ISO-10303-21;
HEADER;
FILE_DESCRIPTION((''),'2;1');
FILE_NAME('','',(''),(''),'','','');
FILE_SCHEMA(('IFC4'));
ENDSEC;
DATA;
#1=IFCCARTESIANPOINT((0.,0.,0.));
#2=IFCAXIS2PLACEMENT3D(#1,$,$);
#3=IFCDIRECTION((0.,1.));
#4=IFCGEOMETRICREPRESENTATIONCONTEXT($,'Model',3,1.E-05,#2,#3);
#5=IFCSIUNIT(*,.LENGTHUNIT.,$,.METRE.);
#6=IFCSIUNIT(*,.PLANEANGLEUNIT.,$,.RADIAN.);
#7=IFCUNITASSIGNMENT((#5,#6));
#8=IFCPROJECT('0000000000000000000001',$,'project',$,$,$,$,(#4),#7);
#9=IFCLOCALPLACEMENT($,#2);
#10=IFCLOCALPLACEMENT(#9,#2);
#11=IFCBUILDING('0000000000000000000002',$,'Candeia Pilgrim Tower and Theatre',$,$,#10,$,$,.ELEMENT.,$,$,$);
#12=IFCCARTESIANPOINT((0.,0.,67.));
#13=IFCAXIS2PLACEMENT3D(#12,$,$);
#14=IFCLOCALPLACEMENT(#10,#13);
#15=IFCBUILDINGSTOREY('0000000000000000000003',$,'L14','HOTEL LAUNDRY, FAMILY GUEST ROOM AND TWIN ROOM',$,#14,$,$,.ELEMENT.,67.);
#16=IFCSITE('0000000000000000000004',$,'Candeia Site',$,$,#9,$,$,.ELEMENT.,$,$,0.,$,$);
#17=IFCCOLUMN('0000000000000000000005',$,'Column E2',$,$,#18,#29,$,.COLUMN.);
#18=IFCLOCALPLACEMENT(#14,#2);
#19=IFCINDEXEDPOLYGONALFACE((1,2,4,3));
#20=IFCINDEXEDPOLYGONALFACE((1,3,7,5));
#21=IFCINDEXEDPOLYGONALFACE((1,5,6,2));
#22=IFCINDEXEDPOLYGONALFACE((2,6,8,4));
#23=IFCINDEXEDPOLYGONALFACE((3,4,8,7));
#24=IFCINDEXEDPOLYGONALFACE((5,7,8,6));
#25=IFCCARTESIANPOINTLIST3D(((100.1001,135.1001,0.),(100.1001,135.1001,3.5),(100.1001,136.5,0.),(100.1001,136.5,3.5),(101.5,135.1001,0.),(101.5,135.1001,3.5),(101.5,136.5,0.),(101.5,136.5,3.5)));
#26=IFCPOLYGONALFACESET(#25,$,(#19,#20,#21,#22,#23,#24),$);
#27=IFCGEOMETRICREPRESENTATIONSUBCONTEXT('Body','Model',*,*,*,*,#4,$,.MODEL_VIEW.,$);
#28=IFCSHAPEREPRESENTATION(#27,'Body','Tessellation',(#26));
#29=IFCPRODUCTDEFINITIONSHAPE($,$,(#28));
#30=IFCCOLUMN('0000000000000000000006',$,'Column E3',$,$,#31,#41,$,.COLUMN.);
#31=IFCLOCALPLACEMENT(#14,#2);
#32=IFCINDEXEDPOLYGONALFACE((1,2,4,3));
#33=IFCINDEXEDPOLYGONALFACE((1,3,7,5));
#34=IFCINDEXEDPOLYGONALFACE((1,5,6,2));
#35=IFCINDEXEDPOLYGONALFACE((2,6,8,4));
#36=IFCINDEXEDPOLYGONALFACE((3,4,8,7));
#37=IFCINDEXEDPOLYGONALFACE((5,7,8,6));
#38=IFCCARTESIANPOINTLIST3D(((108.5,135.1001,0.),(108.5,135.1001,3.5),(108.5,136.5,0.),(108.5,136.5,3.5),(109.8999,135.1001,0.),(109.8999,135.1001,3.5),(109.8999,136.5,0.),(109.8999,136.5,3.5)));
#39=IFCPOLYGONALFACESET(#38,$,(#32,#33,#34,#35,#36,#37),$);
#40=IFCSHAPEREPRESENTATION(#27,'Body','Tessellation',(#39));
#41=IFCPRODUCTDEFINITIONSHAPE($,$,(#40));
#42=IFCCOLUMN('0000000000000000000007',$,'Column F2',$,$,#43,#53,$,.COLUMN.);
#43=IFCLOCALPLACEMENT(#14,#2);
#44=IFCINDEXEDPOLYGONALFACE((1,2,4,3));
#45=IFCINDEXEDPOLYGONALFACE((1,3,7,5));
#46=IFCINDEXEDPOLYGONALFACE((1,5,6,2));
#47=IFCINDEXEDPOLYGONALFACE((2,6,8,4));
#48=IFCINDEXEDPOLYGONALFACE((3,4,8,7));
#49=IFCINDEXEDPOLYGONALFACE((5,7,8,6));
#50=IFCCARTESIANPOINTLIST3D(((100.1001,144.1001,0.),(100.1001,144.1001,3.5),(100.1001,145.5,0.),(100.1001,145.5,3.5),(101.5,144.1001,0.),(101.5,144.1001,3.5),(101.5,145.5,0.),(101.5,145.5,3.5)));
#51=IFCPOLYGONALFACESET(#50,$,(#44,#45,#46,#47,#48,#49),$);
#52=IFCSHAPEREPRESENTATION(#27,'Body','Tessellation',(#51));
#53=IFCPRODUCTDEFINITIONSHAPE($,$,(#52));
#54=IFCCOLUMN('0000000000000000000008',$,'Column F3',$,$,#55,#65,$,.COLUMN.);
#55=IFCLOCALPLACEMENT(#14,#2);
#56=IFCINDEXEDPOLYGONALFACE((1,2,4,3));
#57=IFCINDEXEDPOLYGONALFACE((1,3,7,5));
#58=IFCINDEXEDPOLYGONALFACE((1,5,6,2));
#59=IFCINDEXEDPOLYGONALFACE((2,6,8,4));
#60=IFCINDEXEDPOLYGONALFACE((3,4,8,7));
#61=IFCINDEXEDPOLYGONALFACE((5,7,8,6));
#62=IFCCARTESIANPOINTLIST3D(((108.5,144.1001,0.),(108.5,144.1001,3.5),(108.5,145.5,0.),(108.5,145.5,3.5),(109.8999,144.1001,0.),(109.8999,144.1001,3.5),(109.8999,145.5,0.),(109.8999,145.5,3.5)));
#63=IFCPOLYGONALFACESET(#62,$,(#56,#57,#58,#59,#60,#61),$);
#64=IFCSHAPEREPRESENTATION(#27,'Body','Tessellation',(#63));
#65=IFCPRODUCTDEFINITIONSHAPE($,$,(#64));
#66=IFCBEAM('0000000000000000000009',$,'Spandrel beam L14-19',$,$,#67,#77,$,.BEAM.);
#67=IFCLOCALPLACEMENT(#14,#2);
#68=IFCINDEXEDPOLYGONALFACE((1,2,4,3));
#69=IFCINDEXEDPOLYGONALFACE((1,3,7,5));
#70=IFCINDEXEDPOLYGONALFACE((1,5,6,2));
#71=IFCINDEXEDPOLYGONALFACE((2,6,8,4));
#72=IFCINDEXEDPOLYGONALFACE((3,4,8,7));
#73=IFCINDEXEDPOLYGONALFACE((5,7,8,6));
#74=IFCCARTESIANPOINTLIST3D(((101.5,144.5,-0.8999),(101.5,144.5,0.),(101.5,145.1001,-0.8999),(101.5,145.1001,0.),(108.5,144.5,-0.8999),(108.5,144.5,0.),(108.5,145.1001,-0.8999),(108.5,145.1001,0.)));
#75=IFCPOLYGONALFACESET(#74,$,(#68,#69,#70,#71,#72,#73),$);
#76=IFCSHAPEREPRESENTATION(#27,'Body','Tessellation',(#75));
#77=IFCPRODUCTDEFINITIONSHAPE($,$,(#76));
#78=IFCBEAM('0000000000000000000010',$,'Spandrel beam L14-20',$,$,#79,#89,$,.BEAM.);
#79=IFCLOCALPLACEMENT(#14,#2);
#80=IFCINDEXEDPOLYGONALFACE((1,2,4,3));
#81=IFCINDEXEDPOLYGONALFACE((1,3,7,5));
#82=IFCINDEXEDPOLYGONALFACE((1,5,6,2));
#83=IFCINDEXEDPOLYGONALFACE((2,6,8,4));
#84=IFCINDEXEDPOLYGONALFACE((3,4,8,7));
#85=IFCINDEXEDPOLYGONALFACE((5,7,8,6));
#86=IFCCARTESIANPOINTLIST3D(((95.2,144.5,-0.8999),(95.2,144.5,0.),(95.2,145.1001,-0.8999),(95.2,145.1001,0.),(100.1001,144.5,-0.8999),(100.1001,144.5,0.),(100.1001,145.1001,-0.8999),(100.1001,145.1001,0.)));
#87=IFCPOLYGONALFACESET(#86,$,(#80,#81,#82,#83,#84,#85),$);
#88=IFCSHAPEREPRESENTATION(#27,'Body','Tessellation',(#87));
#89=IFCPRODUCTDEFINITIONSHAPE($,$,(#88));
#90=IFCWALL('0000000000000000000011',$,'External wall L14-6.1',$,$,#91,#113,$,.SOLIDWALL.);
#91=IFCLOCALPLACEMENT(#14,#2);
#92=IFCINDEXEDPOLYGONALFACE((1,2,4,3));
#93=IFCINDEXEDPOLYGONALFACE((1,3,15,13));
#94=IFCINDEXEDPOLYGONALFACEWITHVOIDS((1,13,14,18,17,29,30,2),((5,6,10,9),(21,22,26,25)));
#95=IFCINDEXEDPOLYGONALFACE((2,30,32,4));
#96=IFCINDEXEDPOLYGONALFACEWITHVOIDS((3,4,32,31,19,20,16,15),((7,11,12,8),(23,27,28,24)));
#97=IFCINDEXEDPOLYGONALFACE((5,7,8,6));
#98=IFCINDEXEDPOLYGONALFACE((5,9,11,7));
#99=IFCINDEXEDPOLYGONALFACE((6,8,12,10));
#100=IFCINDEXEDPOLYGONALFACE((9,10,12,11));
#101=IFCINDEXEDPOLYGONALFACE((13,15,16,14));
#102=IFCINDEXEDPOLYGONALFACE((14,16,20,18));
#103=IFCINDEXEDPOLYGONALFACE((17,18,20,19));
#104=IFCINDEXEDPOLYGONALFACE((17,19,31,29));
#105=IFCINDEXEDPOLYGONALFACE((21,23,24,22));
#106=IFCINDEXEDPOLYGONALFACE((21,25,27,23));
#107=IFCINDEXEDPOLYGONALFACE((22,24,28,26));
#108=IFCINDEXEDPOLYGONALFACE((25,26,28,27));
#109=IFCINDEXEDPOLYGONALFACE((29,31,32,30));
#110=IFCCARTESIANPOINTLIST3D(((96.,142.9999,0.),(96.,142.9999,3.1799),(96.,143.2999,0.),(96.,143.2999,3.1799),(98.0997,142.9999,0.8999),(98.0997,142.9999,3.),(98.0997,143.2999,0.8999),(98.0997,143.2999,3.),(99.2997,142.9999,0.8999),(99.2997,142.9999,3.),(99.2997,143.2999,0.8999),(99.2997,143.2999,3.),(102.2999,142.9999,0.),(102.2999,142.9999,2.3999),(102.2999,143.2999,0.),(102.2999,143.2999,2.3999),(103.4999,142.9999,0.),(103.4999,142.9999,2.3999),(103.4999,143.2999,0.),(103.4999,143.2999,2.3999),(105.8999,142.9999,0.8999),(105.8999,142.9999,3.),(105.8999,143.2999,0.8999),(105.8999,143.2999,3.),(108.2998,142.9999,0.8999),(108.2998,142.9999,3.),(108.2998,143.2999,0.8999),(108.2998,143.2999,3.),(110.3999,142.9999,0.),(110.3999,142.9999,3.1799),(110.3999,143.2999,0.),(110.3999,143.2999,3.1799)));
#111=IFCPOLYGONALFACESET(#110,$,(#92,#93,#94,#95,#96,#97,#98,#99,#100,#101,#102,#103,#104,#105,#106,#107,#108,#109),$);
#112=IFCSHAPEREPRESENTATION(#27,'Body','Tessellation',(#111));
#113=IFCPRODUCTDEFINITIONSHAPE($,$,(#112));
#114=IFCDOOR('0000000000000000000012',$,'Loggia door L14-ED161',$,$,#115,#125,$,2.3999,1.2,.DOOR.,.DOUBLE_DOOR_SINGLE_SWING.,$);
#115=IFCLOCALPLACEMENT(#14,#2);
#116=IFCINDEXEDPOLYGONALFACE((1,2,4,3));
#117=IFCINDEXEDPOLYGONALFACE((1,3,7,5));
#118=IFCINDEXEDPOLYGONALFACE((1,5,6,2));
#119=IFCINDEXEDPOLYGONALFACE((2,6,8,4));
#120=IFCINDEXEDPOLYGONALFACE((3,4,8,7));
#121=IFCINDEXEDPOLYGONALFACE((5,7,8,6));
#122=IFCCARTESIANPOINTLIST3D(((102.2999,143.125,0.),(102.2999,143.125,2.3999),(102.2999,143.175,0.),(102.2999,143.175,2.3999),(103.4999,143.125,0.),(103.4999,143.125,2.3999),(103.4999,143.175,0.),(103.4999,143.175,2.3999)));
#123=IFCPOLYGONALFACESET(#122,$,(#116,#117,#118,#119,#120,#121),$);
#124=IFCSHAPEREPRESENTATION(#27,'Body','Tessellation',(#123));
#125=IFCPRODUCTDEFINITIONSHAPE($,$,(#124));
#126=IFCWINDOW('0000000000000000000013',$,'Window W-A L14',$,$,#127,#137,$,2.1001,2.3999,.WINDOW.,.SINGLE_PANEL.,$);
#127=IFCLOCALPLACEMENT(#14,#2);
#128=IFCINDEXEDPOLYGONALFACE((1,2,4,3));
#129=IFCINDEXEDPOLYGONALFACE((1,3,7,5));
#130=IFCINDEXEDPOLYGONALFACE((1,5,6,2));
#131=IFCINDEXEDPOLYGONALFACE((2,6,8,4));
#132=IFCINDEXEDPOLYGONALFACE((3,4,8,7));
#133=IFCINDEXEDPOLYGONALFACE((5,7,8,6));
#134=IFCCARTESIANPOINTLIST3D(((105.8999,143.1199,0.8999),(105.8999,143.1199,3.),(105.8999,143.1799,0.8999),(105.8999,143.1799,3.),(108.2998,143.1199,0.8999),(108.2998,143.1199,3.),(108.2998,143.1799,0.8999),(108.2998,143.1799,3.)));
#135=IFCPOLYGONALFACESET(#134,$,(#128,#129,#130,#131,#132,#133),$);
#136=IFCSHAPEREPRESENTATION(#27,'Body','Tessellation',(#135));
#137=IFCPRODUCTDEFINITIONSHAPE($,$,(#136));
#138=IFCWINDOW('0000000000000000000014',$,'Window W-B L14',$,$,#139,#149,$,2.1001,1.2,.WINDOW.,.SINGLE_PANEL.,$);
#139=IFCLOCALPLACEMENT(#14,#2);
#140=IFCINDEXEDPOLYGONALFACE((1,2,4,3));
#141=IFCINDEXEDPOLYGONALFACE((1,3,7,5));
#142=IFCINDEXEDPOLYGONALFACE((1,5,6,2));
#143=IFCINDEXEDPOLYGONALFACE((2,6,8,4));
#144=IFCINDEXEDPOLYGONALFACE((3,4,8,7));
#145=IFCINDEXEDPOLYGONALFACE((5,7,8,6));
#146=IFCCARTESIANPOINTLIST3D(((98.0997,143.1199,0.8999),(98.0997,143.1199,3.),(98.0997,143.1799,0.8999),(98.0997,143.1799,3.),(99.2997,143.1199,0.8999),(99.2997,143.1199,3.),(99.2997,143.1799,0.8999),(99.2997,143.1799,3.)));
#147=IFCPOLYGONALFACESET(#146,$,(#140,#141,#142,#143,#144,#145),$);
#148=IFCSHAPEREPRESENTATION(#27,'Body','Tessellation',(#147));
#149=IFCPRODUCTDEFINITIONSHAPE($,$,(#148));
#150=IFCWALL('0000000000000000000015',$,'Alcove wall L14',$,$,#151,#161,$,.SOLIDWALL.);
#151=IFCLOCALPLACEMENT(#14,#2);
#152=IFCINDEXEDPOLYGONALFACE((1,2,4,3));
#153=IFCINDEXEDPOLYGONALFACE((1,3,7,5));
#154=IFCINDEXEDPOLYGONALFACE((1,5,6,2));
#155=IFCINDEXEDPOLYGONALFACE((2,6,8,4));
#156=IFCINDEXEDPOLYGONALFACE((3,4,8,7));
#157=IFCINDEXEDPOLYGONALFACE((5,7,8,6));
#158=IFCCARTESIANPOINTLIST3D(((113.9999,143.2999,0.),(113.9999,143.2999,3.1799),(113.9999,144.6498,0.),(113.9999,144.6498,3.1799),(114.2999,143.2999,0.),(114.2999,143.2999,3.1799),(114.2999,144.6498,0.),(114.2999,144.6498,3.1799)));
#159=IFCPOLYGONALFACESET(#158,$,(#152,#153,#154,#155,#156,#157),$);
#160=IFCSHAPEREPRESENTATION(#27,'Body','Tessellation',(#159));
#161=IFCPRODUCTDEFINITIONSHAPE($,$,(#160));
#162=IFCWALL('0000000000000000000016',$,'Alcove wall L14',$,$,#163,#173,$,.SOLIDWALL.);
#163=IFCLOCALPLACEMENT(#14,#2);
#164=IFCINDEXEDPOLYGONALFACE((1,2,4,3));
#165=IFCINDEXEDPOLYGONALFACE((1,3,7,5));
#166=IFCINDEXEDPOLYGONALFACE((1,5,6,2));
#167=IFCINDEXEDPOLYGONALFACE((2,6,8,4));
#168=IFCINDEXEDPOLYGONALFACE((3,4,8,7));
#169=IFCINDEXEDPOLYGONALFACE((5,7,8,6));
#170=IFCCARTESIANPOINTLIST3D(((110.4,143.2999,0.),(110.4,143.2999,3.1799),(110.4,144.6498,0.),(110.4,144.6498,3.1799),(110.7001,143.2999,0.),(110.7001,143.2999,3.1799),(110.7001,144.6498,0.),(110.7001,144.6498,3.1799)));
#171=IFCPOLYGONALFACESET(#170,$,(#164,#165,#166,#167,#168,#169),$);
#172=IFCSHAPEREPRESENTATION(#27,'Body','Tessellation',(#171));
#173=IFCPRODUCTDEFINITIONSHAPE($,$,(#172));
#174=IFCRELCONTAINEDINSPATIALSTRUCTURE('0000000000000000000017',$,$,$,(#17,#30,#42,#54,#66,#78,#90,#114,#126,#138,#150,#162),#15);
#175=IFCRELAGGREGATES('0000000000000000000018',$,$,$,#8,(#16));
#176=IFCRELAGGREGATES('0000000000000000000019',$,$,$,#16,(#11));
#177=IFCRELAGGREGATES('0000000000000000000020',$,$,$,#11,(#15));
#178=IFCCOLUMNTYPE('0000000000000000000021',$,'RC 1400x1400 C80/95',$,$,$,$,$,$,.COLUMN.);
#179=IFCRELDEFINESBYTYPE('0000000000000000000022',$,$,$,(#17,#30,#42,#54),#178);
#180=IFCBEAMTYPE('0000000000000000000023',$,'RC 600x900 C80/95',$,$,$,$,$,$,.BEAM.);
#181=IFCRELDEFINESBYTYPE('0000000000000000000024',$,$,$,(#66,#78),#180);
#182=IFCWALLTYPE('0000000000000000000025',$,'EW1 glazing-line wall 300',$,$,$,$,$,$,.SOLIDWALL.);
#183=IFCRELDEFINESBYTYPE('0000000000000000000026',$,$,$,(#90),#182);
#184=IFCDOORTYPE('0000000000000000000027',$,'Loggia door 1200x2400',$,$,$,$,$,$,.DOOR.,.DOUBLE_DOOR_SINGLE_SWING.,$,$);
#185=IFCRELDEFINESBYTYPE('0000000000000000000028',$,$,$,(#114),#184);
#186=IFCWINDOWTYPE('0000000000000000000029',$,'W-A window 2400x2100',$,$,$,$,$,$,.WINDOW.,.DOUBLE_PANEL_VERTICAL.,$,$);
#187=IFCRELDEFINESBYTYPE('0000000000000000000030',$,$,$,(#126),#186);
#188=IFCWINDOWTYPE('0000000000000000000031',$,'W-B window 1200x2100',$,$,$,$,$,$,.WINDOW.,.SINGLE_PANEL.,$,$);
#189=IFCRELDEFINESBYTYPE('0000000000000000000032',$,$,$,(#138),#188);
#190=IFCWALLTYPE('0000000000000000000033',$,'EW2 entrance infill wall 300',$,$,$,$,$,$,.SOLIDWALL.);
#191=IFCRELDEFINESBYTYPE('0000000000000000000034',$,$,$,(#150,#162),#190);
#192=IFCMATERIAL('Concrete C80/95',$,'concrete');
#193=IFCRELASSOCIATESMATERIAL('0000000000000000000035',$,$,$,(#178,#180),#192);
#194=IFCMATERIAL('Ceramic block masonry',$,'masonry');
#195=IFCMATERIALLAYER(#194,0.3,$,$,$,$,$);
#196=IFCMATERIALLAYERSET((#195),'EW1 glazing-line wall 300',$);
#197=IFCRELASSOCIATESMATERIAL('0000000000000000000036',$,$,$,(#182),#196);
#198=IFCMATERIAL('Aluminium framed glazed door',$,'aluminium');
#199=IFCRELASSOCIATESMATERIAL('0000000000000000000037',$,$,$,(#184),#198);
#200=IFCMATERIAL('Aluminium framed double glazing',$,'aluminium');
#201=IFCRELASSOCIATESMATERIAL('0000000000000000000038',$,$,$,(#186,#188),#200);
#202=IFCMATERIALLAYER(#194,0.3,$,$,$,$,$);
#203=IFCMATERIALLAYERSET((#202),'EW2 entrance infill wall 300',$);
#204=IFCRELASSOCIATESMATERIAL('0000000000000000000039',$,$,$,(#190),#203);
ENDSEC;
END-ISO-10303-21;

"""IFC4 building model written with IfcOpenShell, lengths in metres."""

from ifc_helpers import new_model, si_unit, direction, frame, frame_2d, origin, origin_2d, place, context, subcontext, project, spatial, rectangle, extrude, material, layer, layer_set, material_profile, profile_set, type_object, element, fill, save


model = new_model("IFC4")

# Units and contexts
model_context = context("Model", 3, precision=1e-05, world=origin(), true_north=direction((0.0, 1.0)))
body_context = subcontext(model_context, "Body", "Model", "MODEL_VIEW")
ifc_project = project(units=[si_unit("LENGTHUNIT", "METRE"), si_unit("PLANEANGLEUNIT", "RADIAN")], contexts=[model_context])

# Site, building, storey
site_placement = place(None, origin())
site = spatial("IfcSite", under=ifc_project, at=site_placement, Name="Candeia Site", CompositionType="ELEMENT", RefElevation=0.0)
building_placement = place(site_placement, origin())
building = spatial("IfcBuilding", under=site, at=building_placement, Name="Candeia Pilgrim Tower and Theatre", CompositionType="ELEMENT")
storey_placement = place(building_placement, frame((0.0, 0.0, 67.0)))
storey = spatial("IfcBuildingStorey", under=building, at=storey_placement, Name="L14", Description="HOTEL LAUNDRY, FAMILY GUEST ROOM AND TWIN ROOM", CompositionType="ELEMENT", Elevation=67.0)

# Columns
ifc_material_1 = material(Name="Concrete C80/95", Category="concrete")
ifc_material_profile_1 = material_profile(ifc_material_1, rectangle(XDim=1.3999, YDim=1.3999, at=origin_2d()))
ifc_profile_set_1 = profile_set([ifc_material_profile_1], Name="Concrete C80/95")
column_type = type_object("IfcColumnType", Name="RC 1400x1400 C80/95", PredefinedType="COLUMN", material=ifc_profile_set_1)
for number, where, z_axis, x_axis, name in (
    (1, (100.8, 135.8, 0.0), (0.0, 0.0, 1.0), (1.0, 0.0, 0.0), "Column E2"),
    (2, (109.2, 135.8, 0.0), (0.0, 0.0, 1.0), (1.0, 0.0, 0.0), "Column E3"),
    (3, (100.8, 144.8, 0.0), (0.0, 0.0, 1.0), (1.0, 0.0, 0.0), "Column F2"),
    (4, (109.2, 144.8, 0.0), (0.0, 0.0, 1.0), (1.0, 0.0, 0.0), "Column F3"),
):
    element("IfcColumn", number, at=place(storey_placement, frame(where, z_axis=z_axis, x_axis=x_axis)), inside=storey, type_object=column_type, Name=name, PredefinedType="COLUMN", context=body_context, shape_type="SweptSolid", body=[
        extrude(rectangle(XDim=1.3999, YDim=1.3999, at=origin_2d()), origin(), (0.0, 0.0, 1.0), 3.5),
    ])

# Beams
ifc_material_profile_2 = material_profile(ifc_material_1, rectangle(XDim=0.6001, YDim=0.8999, at=origin_2d()))
ifc_profile_set_2 = profile_set([ifc_material_profile_2], Name="Concrete C80/95")
beam_type = type_object("IfcBeamType", Name="RC 600x900 C80/95", PredefinedType="BEAM", material=ifc_profile_set_2)
beam_1_placement = place(storey_placement, frame((108.5, 144.8, -0.45), z_axis=(-1.0, 0.0, 0.0), x_axis=(0.0, -1.0, 0.0)))
element("IfcBeam", 5, at=beam_1_placement, inside=storey, type_object=beam_type, Name="Spandrel beam L14-19", PredefinedType="BEAM", context=body_context, shape_type="SweptSolid", body=[
    extrude(rectangle(XDim=0.6001, YDim=0.8999, at=origin_2d()), origin(), (0.0, 0.0, 1.0), 7.0),
])
beam_2_placement = place(storey_placement, frame((100.1001, 144.8, -0.45), z_axis=(-1.0, 0.0, 0.0), x_axis=(0.0, -1.0, 0.0)))
element("IfcBeam", 6, at=beam_2_placement, inside=storey, type_object=beam_type, Name="Spandrel beam L14-20", PredefinedType="BEAM", context=body_context, shape_type="SweptSolid", body=[
    extrude(rectangle(XDim=0.6001, YDim=0.8999, at=origin_2d()), origin(), (0.0, 0.0, 1.0), 4.9001),
])

# Wall, openings, door, windows
ifc_material_2 = material(Name="Ceramic block masonry", Category="masonry")
ifc_layer_1 = layer(ifc_material_2, 0.3)
ifc_layer_set_1 = layer_set([ifc_layer_1], Name="EW1 glazing-line wall 300")
wall_type_1 = type_object("IfcWallType", Name="EW1 glazing-line wall 300", PredefinedType="SOLIDWALL", material=ifc_layer_set_1)
wall_1_placement = place(storey_placement, frame((110.3999, 143.1499, 0.0), z_axis=(0.0, 0.0, 1.0), x_axis=(-1.0, 0.0, 0.0)))
wall_1 = element("IfcWall", 7, at=wall_1_placement, inside=storey, type_object=wall_type_1, Name="External wall L14-6.1", PredefinedType="SOLIDWALL", context=body_context, shape_type="SweptSolid", body=[
    extrude(rectangle(XDim=14.3999, YDim=0.3, at=frame_2d((7.2, 0.0))), origin(), (0.0, 0.0, 1.0), 3.1799),
])
opening_1_placement = place(wall_1_placement, frame((2.1001, 0.0, 0.8999)))
opening_1 = element("IfcOpeningElement", 8, at=opening_1_placement, cuts=wall_1, PredefinedType="OPENING", context=body_context, shape_type="SweptSolid", body=[
    extrude(rectangle(XDim=2.3999, YDim=2.1001, at=frame_2d((1.2, 1.05))), frame((0.0, 0.1602, 0.0), z_axis=(0.0, -1.0, 0.0), x_axis=(1.0, 0.0, 0.0)), (0.0, 0.0, 1.0), 0.3201),
])
opening_2_placement = place(wall_1_placement, frame((6.8999, 0.0, 0.0)))
opening_2 = element("IfcOpeningElement", 9, at=opening_2_placement, cuts=wall_1, PredefinedType="OPENING", context=body_context, shape_type="SweptSolid", body=[
    extrude(rectangle(XDim=1.2, YDim=2.3999, at=frame_2d((0.6001, 1.2))), frame((0.0, 0.1602, 0.0), z_axis=(0.0, -1.0, 0.0), x_axis=(1.0, 0.0, 0.0)), (0.0, 0.0, 1.0), 0.3201),
])
opening_3_placement = place(wall_1_placement, frame((11.1001, 0.0, 0.8999)))
opening_3 = element("IfcOpeningElement", 10, at=opening_3_placement, cuts=wall_1, PredefinedType="OPENING", context=body_context, shape_type="SweptSolid", body=[
    extrude(rectangle(XDim=1.2, YDim=2.1001, at=frame_2d((0.6001, 1.05))), frame((0.0, 0.1602, 0.0), z_axis=(0.0, -1.0, 0.0), x_axis=(1.0, 0.0, 0.0)), (0.0, 0.0, 1.0), 0.3201),
])
ifc_material_3 = material(Name="Aluminium framed glazed door", Category="aluminium")
door_type_1 = type_object("IfcDoorType", Name="Loggia door 1200x2400", OperationType="DOUBLE_DOOR_SINGLE_SWING", PredefinedType="DOOR", material=ifc_material_3)
door_1_placement = place(opening_2_placement, origin())
door_1 = element("IfcDoor", 11, at=door_1_placement, inside=storey, type_object=door_type_1, Name="Loggia door L14-ED161", OperationType="DOUBLE_DOOR_SINGLE_SWING", OverallHeight=2.3999, OverallWidth=1.2, PredefinedType="DOOR", context=body_context, shape_type="SweptSolid", body=[
    extrude(rectangle(XDim=1.2, YDim=2.3999, at=frame_2d((0.6001, 1.2))), frame((0.0, 0.0249, 0.0), z_axis=(0.0, -1.0, 0.0), x_axis=(1.0, 0.0, 0.0)), (0.0, 0.0, 1.0), 0.05),
])
fill(opening_2, door_1)
ifc_material_4 = material(Name="Aluminium framed double glazing", Category="aluminium")
window_type_1 = type_object("IfcWindowType", Name="W-A window 2400x2100", PartitioningType="DOUBLE_PANEL_VERTICAL", PredefinedType="WINDOW", material=ifc_material_4)
window_1_placement = place(opening_1_placement, origin())
window_1 = element("IfcWindow", 12, at=window_1_placement, inside=storey, type_object=window_type_1, Name="Window W-A L14", OverallHeight=2.1001, OverallWidth=2.3999, PartitioningType="SINGLE_PANEL", PredefinedType="WINDOW", context=body_context, shape_type="SweptSolid", body=[
    extrude(rectangle(XDim=2.3999, YDim=2.1001, at=frame_2d((1.2, 1.05))), frame((0.0, 0.03, 0.0), z_axis=(0.0, -1.0, 0.0), x_axis=(1.0, 0.0, 0.0)), (0.0, 0.0, 1.0), 0.0601),
])
fill(opening_1, window_1)
window_type_2 = type_object("IfcWindowType", Name="W-B window 1200x2100", PartitioningType="SINGLE_PANEL", PredefinedType="WINDOW", material=ifc_material_4)
window_2_placement = place(opening_3_placement, origin())
window_2 = element("IfcWindow", 13, at=window_2_placement, inside=storey, type_object=window_type_2, Name="Window W-B L14", OverallHeight=2.1001, OverallWidth=1.2, PartitioningType="SINGLE_PANEL", PredefinedType="WINDOW", context=body_context, shape_type="SweptSolid", body=[
    extrude(rectangle(XDim=1.2, YDim=2.1001, at=frame_2d((0.6001, 1.05))), frame((0.0, 0.03, 0.0), z_axis=(0.0, -1.0, 0.0), x_axis=(1.0, 0.0, 0.0)), (0.0, 0.0, 1.0), 0.0601),
])
fill(opening_3, window_2)

# Walls
ifc_layer_2 = layer(ifc_material_2, 0.3)
ifc_layer_set_2 = layer_set([ifc_layer_2], Name="EW2 entrance infill wall 300")
wall_type_2 = type_object("IfcWallType", Name="EW2 entrance infill wall 300", PredefinedType="SOLIDWALL", material=ifc_layer_set_2)
for number, where, z_axis, x_axis, name in (
    (14, (114.1499, 143.3, 0.0), (0.0, 0.0, 1.0), (0.0, 1.0, 0.0), "Alcove wall L14"),
    (15, (110.55, 143.3, 0.0), (0.0, 0.0, 1.0), (0.0, 1.0, 0.0), "Alcove wall L14"),
):
    element("IfcWall", number, at=place(storey_placement, frame(where, z_axis=z_axis, x_axis=x_axis)), inside=storey, type_object=wall_type_2, Name=name, PredefinedType="SOLIDWALL", context=body_context, shape_type="SweptSolid", body=[
        extrude(rectangle(XDim=1.3499, YDim=0.3, at=frame_2d((0.6748, 0.0))), origin(), (0.0, 0.0, 1.0), 3.1799),
    ])

save(model, "model.ifc")
